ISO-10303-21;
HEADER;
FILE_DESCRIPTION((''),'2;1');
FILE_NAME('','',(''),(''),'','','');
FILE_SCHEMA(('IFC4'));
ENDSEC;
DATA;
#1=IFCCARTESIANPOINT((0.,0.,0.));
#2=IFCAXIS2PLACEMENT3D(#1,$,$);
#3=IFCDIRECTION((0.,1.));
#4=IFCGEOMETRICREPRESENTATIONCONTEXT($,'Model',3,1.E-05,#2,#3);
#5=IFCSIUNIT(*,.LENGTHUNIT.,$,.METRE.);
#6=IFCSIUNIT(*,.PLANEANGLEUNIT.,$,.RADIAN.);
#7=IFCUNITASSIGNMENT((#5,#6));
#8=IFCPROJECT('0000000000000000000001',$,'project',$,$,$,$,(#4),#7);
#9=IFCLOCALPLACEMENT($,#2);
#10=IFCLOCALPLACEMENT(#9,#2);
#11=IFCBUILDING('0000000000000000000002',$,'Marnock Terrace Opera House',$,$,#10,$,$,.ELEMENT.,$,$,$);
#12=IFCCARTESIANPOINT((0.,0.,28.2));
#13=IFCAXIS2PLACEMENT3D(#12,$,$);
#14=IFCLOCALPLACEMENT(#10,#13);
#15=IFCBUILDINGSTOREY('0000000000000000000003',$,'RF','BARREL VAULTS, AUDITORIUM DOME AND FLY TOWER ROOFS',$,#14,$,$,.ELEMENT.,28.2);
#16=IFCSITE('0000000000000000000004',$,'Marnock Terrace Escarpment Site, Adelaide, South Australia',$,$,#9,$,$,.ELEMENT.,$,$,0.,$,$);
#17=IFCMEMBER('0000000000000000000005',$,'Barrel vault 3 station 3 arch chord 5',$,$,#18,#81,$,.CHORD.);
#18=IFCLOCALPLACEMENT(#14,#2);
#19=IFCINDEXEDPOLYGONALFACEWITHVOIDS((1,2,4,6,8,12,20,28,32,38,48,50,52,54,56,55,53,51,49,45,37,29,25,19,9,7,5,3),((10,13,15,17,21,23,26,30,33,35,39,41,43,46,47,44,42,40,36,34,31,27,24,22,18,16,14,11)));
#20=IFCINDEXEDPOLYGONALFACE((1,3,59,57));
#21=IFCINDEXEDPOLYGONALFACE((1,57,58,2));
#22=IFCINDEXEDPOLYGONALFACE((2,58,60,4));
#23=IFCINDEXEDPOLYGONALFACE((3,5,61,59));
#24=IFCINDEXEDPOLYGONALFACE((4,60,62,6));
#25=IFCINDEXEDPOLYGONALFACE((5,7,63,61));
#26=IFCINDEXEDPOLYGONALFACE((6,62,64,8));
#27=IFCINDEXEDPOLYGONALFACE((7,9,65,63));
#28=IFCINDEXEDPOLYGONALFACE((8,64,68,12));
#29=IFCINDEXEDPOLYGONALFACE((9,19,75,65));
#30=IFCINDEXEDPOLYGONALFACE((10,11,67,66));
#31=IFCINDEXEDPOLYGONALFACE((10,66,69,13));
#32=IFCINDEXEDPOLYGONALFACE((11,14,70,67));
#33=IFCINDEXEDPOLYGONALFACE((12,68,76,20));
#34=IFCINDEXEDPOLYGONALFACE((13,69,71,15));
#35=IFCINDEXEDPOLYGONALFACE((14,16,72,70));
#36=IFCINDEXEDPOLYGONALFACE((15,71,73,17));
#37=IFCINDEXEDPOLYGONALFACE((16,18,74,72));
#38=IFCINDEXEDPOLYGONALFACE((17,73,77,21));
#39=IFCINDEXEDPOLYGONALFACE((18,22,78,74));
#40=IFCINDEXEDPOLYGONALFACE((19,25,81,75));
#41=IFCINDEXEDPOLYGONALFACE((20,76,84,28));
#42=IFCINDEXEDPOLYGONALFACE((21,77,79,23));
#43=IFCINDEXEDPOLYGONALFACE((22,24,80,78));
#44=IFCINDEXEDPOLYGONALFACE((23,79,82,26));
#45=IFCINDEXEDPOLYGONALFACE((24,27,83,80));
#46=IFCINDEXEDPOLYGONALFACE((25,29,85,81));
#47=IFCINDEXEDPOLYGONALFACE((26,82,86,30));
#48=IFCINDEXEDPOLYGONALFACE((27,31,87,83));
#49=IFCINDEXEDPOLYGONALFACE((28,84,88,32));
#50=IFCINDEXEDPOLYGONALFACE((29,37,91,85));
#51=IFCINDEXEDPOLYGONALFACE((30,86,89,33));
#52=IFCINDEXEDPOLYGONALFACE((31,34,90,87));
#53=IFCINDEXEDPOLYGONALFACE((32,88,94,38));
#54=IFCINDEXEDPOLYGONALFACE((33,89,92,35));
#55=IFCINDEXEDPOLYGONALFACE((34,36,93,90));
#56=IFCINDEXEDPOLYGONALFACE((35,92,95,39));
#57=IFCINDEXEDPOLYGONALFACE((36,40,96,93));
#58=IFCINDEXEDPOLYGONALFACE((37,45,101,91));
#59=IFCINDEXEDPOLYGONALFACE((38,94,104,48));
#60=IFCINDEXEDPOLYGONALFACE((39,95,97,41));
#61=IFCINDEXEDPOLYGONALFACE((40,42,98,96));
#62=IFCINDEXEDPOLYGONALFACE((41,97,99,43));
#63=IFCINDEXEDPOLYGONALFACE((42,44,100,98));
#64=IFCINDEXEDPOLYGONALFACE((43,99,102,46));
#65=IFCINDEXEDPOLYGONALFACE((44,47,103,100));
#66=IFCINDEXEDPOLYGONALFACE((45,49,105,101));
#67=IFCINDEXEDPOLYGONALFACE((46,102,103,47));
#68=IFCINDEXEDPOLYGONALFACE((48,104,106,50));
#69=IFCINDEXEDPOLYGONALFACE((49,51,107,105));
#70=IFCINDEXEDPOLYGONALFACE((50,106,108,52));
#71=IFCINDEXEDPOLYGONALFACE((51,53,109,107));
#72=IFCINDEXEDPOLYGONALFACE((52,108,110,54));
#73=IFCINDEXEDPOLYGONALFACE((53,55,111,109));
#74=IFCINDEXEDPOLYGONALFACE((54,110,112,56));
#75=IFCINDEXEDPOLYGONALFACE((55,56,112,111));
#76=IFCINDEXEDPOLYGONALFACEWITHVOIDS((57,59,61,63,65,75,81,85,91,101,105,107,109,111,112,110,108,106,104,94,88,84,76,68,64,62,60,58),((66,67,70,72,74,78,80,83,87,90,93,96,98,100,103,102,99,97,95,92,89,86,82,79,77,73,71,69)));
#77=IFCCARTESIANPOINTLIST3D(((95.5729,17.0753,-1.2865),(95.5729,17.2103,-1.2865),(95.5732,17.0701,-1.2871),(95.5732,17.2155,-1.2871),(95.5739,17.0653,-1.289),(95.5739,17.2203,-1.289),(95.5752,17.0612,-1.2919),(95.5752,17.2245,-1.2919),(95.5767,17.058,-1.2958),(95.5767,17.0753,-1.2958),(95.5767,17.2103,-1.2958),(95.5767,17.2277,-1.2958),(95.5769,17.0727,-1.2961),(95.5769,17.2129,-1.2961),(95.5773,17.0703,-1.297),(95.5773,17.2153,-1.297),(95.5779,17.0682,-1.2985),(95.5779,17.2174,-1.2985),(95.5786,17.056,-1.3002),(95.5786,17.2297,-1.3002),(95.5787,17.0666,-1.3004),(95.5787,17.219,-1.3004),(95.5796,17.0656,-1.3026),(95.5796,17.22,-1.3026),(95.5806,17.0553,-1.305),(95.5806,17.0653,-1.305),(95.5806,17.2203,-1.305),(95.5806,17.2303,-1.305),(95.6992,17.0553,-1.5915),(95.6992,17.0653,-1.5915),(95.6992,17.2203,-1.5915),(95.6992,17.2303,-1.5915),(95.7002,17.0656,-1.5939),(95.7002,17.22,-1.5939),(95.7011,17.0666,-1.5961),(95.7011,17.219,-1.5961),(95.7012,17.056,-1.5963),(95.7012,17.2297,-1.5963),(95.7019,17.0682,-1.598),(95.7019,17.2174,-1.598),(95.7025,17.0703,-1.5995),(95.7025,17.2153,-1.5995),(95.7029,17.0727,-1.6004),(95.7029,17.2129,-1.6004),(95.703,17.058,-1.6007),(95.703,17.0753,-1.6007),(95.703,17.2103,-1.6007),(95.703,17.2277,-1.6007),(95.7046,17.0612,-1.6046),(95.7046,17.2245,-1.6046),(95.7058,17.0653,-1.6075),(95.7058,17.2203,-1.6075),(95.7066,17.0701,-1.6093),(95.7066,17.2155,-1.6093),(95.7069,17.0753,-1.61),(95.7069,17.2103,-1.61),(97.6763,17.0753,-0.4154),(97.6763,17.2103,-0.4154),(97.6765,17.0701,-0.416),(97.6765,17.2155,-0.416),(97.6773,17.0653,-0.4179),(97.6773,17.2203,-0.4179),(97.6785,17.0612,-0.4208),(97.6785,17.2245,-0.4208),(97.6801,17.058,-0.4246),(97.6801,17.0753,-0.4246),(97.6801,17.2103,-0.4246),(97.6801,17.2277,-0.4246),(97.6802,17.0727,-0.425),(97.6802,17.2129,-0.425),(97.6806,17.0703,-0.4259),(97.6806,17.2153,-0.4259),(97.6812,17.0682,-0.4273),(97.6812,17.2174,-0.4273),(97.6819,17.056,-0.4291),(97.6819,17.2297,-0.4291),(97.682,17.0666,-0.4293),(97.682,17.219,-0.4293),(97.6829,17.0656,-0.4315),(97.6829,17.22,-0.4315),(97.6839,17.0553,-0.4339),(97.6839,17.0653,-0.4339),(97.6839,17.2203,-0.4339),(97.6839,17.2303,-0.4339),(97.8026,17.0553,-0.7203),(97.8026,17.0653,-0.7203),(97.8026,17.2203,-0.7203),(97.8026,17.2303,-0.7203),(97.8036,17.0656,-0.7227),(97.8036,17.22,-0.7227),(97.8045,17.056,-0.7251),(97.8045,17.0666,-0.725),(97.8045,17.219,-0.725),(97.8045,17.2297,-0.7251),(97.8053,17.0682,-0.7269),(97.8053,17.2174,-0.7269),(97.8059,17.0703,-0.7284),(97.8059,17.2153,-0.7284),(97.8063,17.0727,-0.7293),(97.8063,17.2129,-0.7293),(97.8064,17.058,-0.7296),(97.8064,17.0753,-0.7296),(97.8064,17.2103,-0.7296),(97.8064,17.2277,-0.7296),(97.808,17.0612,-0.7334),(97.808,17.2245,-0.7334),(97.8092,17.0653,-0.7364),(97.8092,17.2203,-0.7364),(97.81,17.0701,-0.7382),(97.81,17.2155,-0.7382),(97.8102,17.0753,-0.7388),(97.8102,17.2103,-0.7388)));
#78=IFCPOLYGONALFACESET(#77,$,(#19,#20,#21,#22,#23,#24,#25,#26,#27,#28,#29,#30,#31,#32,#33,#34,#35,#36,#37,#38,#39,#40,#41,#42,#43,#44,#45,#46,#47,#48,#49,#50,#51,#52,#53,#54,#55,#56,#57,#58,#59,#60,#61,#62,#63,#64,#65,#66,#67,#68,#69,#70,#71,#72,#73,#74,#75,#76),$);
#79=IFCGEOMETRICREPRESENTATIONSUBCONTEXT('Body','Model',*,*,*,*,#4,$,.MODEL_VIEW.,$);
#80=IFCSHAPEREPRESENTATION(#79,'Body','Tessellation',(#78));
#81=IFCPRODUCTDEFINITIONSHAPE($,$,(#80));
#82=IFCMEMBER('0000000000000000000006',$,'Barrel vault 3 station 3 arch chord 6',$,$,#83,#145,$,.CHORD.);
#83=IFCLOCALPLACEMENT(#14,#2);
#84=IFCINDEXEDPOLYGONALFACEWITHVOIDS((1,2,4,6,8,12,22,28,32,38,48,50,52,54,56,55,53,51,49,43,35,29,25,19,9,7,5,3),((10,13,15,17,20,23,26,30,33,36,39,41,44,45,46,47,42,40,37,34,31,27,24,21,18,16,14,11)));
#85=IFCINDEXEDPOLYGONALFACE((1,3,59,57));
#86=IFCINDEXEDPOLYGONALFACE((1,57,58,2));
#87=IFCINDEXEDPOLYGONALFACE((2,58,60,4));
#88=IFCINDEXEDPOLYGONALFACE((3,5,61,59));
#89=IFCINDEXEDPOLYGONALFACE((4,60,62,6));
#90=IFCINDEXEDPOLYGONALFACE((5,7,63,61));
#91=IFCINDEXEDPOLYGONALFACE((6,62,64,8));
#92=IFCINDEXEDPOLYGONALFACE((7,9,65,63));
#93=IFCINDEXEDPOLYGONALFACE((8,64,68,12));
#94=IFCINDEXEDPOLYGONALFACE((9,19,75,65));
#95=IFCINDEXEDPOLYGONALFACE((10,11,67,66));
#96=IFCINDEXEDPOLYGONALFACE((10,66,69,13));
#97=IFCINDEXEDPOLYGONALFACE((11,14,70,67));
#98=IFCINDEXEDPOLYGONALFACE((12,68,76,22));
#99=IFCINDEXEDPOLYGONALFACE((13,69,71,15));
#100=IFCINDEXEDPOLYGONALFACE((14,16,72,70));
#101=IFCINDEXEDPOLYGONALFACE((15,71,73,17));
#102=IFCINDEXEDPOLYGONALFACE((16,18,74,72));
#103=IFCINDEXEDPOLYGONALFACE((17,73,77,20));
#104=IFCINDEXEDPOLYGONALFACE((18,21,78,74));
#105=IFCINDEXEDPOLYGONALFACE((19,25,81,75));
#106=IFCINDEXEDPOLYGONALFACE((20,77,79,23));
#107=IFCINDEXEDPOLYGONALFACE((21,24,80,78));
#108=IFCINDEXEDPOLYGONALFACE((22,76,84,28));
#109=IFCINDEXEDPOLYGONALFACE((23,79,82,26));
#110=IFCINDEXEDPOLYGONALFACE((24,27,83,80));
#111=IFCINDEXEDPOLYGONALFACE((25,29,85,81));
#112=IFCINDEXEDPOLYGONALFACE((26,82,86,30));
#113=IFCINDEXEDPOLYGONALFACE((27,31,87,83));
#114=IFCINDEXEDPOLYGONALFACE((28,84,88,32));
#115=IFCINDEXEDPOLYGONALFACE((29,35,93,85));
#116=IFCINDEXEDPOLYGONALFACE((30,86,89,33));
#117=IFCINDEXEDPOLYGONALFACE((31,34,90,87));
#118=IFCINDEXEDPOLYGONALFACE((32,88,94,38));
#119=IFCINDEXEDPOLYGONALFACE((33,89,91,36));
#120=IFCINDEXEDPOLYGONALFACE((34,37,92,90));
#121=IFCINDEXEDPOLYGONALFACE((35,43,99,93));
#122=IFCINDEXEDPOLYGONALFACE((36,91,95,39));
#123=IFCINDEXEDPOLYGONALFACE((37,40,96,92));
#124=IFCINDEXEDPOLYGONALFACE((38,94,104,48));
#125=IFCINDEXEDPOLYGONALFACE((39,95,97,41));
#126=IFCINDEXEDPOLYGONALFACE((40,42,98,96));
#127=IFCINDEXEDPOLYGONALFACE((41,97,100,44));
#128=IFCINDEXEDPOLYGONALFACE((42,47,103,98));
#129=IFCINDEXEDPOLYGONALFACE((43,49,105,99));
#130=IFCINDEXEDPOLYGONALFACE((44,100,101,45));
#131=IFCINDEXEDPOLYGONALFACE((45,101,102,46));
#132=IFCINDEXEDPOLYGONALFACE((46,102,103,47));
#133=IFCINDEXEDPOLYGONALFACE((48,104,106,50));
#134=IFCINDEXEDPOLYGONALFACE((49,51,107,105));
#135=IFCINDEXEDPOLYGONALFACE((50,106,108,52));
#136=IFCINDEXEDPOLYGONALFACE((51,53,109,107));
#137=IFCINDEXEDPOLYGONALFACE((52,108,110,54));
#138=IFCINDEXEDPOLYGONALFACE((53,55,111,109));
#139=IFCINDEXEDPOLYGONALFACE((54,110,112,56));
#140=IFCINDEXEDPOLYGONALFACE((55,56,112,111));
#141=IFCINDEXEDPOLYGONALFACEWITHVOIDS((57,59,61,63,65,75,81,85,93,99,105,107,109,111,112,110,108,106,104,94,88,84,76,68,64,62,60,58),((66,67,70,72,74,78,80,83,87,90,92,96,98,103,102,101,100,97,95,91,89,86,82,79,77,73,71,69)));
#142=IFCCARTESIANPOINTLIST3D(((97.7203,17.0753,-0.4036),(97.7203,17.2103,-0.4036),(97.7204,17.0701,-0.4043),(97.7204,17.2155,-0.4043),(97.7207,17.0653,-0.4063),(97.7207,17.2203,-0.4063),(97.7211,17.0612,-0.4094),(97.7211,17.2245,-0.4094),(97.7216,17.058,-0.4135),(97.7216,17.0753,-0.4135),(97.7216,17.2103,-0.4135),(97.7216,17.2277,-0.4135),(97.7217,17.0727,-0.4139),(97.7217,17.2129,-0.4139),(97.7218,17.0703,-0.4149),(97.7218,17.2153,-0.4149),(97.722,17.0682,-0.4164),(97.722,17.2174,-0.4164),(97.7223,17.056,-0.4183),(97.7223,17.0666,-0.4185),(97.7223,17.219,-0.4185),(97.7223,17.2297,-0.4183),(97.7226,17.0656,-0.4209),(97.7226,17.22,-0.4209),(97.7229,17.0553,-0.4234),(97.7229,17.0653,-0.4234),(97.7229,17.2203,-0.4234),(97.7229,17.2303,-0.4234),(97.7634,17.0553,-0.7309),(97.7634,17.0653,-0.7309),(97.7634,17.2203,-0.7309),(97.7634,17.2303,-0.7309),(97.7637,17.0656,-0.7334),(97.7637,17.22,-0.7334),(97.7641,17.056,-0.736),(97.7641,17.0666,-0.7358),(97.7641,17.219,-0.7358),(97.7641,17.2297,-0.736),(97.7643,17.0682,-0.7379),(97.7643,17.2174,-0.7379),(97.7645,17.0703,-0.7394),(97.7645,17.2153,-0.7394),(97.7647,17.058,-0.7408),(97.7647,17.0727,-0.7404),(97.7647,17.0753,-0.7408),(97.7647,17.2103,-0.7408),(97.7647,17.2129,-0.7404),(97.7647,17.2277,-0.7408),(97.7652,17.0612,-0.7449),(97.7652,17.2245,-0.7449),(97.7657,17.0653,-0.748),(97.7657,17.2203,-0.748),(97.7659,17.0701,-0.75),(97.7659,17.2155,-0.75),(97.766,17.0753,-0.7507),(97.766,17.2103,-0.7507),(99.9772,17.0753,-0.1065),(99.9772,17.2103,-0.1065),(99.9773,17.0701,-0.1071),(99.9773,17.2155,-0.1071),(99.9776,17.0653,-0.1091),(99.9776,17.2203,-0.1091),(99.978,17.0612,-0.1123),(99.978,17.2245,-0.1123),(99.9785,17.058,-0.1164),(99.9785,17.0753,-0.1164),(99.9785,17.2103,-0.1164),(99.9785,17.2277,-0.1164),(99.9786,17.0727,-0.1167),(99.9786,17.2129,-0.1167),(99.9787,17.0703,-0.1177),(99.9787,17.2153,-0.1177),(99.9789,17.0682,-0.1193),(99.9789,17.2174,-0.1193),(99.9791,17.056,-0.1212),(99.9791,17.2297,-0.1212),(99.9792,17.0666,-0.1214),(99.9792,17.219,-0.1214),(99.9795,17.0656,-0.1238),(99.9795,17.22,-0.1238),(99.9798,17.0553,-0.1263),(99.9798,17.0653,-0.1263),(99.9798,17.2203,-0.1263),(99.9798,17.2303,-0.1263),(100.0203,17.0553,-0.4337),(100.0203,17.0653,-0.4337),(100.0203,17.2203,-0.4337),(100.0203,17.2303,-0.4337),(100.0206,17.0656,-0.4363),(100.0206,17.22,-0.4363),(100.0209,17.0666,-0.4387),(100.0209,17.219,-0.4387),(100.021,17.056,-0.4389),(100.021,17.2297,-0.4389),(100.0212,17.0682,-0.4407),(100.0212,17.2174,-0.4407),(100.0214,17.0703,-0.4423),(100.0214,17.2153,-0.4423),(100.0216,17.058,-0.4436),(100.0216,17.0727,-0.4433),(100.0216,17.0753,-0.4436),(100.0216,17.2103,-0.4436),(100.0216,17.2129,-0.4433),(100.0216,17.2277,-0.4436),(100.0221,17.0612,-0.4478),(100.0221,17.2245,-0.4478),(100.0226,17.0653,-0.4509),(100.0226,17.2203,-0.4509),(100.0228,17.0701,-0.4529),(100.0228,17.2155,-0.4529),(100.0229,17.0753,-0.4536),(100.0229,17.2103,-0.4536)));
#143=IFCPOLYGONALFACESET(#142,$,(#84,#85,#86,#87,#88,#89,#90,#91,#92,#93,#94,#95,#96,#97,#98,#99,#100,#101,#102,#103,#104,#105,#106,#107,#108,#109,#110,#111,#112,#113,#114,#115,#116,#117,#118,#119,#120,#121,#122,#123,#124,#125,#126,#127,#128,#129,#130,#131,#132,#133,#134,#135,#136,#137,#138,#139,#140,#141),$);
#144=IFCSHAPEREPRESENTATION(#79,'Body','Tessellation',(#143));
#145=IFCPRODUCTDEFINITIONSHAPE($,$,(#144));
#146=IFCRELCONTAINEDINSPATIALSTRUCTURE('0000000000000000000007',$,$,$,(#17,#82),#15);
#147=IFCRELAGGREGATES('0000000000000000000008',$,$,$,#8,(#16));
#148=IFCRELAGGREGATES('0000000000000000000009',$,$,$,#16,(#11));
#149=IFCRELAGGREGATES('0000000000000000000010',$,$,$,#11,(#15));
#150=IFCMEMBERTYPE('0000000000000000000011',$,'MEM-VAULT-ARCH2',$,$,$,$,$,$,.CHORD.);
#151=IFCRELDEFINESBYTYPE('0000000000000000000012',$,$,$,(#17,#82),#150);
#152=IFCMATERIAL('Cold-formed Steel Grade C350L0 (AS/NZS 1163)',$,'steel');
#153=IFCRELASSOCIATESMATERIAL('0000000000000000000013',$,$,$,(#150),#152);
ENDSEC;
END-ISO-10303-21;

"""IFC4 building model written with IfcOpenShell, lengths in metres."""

from ifc_helpers import new_model, si_unit, direction, frame, origin, origin_2d, place, context, subcontext, project, spatial, hollow_rectangle, extrude, material, material_profile, profile_set, type_object, element, save


model = new_model("IFC4")

# Units and contexts
model_context = context("Model", 3, precision=1e-05, world=origin(), true_north=direction((0.0, 1.0)))
body_context = subcontext(model_context, "Body", "Model", "MODEL_VIEW")
ifc_project = project(units=[si_unit("LENGTHUNIT", "METRE"), si_unit("PLANEANGLEUNIT", "RADIAN")], contexts=[model_context])

# Site, building, storey
site_placement = place(None, origin())
site = spatial("IfcSite", under=ifc_project, at=site_placement, Name="Marnock Terrace Escarpment Site, Adelaide, South Australia", CompositionType="ELEMENT", RefElevation=0.0)
building_placement = place(site_placement, origin())
building = spatial("IfcBuilding", under=site, at=building_placement, Name="Marnock Terrace Opera House", CompositionType="ELEMENT")
storey_placement = place(building_placement, frame((0.0, 0.0, 28.2)))
storey = spatial("IfcBuildingStorey", under=building, at=storey_placement, Name="RF", Description="BARREL VAULTS, AUDITORIUM DOME AND FLY TOWER ROOFS", CompositionType="ELEMENT", Elevation=28.2)

# Members
ifc_material_1 = material(Name="Cold-formed Steel Grade C350L0 (AS/NZS 1163)", Category="steel")
ifc_material_profile_1 = material_profile(ifc_material_1, hollow_rectangle(XDim=0.175, YDim=0.3501, WallThickness=0.01, InnerFilletRadius=0.01, OuterFilletRadius=0.02, at=origin_2d()))
ifc_profile_set_1 = profile_set([ifc_material_profile_1], Name="Cold-formed Steel Grade C350L0 (AS/NZS 1163)")
member_type_1 = type_object("IfcMemberType", Name="MEM-VAULT-ARCH2", PredefinedType="CHORD", material=ifc_profile_set_1)
member_1_placement = place(storey_placement, frame((95.6399, 17.1428, -1.4482), z_axis=(0.923897, 0.0, 0.382642), x_axis=(0.0, 1.0, 0.0)))
element("IfcMember", 1, at=member_1_placement, inside=storey, type_object=member_type_1, Name="Barrel vault 3 station 3 arch chord 5", PredefinedType="CHORD", context=body_context, shape_type="SweptSolid", body=[
    extrude(hollow_rectangle(XDim=0.175, YDim=0.3501, WallThickness=0.01, InnerFilletRadius=0.01, OuterFilletRadius=0.02, at=origin_2d()), origin(), (0.0, 0.0, 1.0), 2.2766),
])
for number, where, z_axis, x_axis, name in (
    (2, (97.7432, 17.1428, -0.5771), (0.991445, 0.0, 0.130527), (0.0, 1.0, 0.0), "Barrel vault 3 station 3 arch chord 6"),
):
    element("IfcMember", number, at=place(storey_placement, frame(where, z_axis=z_axis, x_axis=x_axis)), inside=storey, type_object=member_type_1, Name=name, PredefinedType="CHORD", context=body_context, shape_type="SweptSolid", body=[
        extrude(hollow_rectangle(XDim=0.175, YDim=0.3501, WallThickness=0.01, InnerFilletRadius=0.01, OuterFilletRadius=0.02, at=origin_2d()), origin(), (0.0, 0.0, 1.0), 2.2764),
    ])

save(model, "model.ifc")
